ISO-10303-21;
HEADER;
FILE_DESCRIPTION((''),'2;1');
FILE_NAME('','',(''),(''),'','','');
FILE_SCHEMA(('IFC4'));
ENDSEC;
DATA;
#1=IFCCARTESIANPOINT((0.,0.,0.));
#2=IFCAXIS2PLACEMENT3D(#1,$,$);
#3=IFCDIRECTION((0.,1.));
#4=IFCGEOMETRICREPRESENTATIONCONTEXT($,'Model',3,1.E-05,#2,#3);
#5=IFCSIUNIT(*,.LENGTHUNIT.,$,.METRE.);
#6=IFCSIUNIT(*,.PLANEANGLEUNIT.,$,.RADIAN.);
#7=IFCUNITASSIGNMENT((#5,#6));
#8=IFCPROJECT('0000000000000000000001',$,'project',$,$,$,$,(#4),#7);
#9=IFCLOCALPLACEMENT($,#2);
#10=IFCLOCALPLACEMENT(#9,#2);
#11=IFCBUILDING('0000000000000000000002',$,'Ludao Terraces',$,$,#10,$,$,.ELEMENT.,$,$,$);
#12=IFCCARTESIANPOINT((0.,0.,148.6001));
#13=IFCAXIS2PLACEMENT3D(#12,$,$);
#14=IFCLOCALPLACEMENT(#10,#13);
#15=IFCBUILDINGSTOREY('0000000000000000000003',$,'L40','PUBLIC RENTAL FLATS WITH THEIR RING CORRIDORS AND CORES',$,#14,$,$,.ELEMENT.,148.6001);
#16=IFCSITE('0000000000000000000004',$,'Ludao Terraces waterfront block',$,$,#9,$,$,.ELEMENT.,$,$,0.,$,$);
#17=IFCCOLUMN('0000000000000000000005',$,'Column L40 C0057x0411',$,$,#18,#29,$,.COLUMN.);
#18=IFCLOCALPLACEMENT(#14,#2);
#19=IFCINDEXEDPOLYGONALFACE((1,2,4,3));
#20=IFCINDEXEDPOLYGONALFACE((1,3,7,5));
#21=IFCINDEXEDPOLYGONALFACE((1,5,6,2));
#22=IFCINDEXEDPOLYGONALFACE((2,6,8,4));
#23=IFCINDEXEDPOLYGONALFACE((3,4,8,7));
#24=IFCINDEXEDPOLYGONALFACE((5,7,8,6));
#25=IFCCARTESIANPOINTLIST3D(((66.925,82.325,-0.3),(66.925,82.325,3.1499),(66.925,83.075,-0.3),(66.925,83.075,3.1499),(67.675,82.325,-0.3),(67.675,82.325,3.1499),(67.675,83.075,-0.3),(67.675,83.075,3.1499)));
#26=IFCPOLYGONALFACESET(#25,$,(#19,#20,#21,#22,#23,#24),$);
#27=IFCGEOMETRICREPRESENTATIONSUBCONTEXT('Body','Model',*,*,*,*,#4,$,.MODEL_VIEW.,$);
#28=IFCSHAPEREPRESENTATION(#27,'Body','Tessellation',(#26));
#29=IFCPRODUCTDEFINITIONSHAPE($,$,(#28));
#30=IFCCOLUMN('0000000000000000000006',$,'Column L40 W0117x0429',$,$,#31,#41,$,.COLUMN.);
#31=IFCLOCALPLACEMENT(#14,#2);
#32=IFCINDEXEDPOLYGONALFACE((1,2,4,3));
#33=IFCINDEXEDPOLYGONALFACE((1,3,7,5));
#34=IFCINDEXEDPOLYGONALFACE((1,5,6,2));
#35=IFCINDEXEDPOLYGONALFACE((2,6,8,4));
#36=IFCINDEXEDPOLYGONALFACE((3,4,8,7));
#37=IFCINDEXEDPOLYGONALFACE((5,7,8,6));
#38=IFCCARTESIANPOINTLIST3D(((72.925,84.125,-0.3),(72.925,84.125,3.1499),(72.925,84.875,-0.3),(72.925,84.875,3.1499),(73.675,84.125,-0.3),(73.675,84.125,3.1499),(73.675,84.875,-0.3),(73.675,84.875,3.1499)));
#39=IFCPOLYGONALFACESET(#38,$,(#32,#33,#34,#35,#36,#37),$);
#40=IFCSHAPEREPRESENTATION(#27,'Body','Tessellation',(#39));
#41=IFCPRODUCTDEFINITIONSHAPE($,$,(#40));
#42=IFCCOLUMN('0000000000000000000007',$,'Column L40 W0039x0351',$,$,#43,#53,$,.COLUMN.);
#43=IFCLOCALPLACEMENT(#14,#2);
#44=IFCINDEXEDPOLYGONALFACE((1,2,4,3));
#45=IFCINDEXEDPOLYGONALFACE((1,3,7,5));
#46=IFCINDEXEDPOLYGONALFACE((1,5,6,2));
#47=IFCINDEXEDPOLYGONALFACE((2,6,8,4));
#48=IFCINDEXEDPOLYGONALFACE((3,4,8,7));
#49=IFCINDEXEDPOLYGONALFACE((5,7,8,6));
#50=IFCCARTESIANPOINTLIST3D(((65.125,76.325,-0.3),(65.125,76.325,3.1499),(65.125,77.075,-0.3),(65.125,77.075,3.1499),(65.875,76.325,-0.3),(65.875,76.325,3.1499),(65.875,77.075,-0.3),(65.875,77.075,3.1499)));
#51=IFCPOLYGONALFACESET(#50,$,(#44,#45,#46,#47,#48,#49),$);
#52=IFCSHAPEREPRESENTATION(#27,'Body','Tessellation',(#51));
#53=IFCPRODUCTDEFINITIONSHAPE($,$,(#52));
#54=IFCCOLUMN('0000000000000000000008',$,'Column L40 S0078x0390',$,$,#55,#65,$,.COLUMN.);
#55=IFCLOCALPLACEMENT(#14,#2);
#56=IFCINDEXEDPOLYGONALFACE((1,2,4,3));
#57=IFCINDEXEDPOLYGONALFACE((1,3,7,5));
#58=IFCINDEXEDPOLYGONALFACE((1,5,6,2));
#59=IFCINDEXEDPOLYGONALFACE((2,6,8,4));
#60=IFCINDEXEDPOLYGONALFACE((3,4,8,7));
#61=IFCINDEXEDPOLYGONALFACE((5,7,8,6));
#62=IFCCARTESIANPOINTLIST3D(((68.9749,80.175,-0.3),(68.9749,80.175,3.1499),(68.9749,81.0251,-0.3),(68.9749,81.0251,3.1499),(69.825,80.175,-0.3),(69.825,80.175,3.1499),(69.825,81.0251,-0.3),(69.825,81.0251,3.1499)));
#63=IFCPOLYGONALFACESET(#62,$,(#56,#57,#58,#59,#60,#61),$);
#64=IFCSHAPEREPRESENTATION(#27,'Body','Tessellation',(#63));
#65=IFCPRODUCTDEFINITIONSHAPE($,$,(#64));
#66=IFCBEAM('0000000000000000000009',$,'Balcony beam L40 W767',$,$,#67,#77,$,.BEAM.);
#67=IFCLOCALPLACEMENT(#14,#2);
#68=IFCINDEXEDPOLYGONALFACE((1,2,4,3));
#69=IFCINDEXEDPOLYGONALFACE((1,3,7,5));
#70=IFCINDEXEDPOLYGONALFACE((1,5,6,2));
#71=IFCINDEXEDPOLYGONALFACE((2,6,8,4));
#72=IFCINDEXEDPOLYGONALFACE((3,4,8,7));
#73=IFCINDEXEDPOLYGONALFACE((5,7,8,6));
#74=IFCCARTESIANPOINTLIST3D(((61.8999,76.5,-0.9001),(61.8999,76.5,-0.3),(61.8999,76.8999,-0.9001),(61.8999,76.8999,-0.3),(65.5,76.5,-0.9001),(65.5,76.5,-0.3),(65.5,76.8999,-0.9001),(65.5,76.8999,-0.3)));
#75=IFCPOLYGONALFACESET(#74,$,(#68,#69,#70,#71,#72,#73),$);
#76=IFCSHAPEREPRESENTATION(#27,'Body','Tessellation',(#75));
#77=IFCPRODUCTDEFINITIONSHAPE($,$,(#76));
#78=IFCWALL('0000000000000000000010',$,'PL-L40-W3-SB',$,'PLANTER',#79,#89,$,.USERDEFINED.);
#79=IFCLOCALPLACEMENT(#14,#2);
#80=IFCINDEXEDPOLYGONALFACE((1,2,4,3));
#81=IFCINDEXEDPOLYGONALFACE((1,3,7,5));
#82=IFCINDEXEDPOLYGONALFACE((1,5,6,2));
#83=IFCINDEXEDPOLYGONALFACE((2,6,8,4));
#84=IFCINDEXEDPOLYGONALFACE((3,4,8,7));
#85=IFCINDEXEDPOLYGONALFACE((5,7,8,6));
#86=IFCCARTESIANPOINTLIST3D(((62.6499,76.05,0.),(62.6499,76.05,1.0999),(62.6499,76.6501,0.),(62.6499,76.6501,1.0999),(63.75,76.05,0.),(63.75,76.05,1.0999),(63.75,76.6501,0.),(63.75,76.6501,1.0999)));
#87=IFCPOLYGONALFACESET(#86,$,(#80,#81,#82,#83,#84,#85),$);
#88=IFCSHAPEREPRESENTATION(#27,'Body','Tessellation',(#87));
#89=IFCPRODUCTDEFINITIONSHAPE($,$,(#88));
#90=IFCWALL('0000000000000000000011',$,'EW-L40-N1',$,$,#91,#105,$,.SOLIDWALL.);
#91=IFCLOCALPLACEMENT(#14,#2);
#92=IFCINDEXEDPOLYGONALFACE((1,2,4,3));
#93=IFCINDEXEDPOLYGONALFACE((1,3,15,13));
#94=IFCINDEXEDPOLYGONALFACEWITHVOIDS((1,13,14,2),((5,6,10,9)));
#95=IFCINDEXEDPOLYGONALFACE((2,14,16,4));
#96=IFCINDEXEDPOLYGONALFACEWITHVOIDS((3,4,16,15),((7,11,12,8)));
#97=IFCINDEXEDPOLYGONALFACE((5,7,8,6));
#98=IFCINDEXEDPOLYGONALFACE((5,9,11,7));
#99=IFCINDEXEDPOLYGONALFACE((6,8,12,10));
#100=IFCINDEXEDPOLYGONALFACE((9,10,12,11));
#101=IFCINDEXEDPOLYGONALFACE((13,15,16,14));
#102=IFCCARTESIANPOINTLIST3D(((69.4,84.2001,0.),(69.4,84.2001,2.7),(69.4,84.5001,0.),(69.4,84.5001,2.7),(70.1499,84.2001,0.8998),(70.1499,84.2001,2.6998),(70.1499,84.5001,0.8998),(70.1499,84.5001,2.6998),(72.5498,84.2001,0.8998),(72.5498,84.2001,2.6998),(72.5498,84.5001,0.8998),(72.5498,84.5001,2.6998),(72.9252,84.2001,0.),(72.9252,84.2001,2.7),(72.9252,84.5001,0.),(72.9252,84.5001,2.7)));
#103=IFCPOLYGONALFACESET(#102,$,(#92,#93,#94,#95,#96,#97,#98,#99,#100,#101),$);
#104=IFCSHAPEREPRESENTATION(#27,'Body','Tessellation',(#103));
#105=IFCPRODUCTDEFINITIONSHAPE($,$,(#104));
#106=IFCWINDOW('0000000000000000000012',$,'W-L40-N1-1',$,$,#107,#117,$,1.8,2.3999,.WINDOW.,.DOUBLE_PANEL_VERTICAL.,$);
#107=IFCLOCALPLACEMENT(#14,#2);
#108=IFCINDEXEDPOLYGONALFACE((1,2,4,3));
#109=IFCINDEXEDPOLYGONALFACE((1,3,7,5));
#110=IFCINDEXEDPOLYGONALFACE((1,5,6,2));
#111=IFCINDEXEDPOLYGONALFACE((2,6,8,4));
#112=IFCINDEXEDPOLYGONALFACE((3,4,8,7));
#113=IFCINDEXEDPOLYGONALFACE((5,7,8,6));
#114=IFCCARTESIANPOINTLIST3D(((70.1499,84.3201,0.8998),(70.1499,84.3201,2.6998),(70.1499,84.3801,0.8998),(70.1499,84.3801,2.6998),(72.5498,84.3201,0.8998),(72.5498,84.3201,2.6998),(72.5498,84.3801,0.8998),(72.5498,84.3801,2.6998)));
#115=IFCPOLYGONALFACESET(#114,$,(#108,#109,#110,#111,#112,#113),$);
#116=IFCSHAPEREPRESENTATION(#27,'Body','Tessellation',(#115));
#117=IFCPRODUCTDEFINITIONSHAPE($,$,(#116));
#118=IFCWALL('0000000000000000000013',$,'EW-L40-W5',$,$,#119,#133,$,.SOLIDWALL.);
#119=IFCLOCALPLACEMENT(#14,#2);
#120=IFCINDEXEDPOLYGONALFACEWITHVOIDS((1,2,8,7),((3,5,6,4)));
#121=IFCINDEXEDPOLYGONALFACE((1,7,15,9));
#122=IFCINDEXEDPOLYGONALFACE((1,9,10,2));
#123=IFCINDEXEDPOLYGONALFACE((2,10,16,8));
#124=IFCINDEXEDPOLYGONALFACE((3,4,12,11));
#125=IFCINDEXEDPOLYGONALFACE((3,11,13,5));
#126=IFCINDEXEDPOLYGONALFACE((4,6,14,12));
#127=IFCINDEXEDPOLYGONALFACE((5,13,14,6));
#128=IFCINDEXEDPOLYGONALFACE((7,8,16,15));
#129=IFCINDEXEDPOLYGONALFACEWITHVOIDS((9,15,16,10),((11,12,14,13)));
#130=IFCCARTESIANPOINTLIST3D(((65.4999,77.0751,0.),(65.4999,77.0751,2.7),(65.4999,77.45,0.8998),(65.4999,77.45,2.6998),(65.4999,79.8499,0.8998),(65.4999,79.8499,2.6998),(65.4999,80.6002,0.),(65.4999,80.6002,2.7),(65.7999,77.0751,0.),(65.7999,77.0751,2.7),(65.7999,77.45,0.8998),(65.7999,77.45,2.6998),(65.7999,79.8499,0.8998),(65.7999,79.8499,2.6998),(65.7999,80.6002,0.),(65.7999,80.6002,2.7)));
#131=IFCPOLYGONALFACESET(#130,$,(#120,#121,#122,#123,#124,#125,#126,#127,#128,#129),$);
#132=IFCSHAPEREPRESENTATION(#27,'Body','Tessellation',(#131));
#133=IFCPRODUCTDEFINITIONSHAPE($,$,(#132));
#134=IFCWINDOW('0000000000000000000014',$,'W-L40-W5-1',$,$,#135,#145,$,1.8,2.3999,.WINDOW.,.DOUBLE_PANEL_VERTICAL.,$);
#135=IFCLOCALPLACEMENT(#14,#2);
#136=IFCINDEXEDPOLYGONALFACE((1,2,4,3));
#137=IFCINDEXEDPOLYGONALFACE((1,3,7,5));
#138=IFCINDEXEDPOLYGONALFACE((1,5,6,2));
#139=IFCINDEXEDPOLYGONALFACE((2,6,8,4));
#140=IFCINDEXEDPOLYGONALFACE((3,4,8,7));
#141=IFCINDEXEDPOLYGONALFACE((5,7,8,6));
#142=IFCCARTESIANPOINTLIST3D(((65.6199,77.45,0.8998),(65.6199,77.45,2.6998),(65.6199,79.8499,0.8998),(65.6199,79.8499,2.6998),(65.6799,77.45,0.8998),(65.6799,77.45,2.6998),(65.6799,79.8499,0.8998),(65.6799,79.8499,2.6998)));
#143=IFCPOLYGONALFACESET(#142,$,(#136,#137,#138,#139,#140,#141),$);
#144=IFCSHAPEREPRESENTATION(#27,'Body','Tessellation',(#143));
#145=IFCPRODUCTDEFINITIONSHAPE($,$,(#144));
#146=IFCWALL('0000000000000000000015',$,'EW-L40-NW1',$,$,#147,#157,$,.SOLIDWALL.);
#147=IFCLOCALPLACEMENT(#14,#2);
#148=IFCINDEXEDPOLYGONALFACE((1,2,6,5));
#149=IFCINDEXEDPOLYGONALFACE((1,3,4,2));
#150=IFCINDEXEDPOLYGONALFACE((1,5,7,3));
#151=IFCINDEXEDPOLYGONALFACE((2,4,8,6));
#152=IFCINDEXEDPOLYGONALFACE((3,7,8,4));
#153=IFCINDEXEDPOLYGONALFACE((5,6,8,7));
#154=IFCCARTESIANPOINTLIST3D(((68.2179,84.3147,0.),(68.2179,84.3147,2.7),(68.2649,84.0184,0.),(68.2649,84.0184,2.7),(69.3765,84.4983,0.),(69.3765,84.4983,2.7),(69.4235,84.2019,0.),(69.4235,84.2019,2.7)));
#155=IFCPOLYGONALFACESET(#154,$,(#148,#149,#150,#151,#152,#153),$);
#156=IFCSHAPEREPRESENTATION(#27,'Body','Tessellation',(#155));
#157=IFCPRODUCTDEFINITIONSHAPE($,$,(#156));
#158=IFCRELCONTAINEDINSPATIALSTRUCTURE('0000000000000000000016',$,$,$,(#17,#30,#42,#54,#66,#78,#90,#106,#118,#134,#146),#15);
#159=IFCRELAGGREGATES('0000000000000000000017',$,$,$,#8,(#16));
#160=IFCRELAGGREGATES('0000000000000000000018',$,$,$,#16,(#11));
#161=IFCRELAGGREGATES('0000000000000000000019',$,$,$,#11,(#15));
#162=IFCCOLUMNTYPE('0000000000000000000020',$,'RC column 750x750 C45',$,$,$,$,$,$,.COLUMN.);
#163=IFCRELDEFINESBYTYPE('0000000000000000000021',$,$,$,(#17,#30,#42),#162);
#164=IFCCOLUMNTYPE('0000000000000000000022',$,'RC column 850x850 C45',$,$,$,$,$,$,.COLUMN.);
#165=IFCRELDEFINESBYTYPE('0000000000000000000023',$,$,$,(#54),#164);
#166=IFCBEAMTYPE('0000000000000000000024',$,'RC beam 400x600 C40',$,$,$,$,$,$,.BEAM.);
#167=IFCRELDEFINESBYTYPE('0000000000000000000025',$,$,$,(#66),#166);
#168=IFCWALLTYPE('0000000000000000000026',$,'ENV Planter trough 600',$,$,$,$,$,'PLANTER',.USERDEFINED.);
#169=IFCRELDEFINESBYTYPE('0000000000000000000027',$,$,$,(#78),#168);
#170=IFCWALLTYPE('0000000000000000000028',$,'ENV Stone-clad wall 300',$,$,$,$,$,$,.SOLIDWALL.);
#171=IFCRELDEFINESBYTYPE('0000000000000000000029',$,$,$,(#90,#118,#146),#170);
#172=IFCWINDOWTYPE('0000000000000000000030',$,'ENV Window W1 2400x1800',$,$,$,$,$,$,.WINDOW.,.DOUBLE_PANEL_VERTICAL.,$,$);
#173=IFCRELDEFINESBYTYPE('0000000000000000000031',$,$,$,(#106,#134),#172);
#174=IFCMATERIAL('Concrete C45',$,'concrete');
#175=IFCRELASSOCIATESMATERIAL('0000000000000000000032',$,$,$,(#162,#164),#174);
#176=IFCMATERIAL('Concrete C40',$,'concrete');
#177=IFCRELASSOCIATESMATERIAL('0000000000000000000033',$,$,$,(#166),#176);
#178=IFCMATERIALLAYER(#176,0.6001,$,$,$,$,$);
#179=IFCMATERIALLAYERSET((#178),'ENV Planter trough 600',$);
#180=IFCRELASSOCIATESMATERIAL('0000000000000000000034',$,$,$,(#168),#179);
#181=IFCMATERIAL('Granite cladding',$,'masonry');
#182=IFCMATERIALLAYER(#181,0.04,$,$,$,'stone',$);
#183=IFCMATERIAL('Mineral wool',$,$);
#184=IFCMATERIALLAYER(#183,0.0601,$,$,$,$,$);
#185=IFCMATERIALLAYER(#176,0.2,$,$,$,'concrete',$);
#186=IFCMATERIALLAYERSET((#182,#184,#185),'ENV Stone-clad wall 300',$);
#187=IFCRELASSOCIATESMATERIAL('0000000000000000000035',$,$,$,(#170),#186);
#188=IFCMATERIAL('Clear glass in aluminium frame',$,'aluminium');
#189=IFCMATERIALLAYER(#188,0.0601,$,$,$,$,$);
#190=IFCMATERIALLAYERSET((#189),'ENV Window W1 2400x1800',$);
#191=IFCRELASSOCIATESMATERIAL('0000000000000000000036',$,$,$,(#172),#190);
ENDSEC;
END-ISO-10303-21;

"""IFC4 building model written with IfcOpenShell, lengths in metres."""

from ifc_helpers import new_model, si_unit, direction, frame, frame_2d, origin, origin_2d, place, context, subcontext, project, spatial, rectangle, extrude, material, layer, layer_set, material_profile, profile_set, type_object, element, fill, save


model = new_model("IFC4")

# Units and contexts
model_context = context("Model", 3, precision=1e-05, world=origin(), true_north=direction((0.0, 1.0)))
body_context = subcontext(model_context, "Body", "Model", "MODEL_VIEW")
ifc_project = project(units=[si_unit("LENGTHUNIT", "METRE"), si_unit("PLANEANGLEUNIT", "RADIAN")], contexts=[model_context])

# Site, building, storey
site_placement = place(None, origin())
site = spatial("IfcSite", under=ifc_project, at=site_placement, Name="Ludao Terraces waterfront block", CompositionType="ELEMENT", RefElevation=0.0)
building_placement = place(site_placement, origin())
building = spatial("IfcBuilding", under=site, at=building_placement, Name="Ludao Terraces", CompositionType="ELEMENT")
storey_placement = place(building_placement, frame((0.0, 0.0, 148.6001)))
storey = spatial("IfcBuildingStorey", under=building, at=storey_placement, Name="L40", Description="PUBLIC RENTAL FLATS WITH THEIR RING CORRIDORS AND CORES", CompositionType="ELEMENT", Elevation=148.6001)

# Columns
ifc_material_1 = material(Name="Concrete C45", Category="concrete")
ifc_material_profile_1 = material_profile(ifc_material_1, rectangle(XDim=0.75, YDim=0.75, at=origin_2d()), Name="750 X 750")
ifc_profile_set_1 = profile_set([ifc_material_profile_1], Name="Concrete C45")
column_type_1 = type_object("IfcColumnType", Name="RC column 750x750 C45", PredefinedType="COLUMN", material=ifc_profile_set_1)
for number, where, z_axis, x_axis, name in (
    (1, (67.3, 82.7, -0.3), (0.0, 0.0, 1.0), (1.0, 0.0, 0.0), "Column L40 C0057x0411"),
    (2, (73.3, 84.5, -0.3), (0.0, 0.0, 1.0), (1.0, 0.0, 0.0), "Column L40 W0117x0429"),
    (3, (65.5, 76.7, -0.3), (0.0, 0.0, 1.0), (1.0, 0.0, 0.0), "Column L40 W0039x0351"),
):
    element("IfcColumn", number, at=place(storey_placement, frame(where, z_axis=z_axis, x_axis=x_axis)), inside=storey, type_object=column_type_1, Name=name, PredefinedType="COLUMN", context=body_context, shape_type="SweptSolid", body=[
        extrude(rectangle(XDim=0.75, YDim=0.75, at=origin_2d()), origin(), (0.0, 0.0, 1.0), 3.45),
    ])
ifc_material_profile_2 = material_profile(ifc_material_1, rectangle(XDim=0.8501, YDim=0.8501, at=origin_2d()), Name="850 X 850")
ifc_profile_set_2 = profile_set([ifc_material_profile_2], Name="Concrete C45")
column_type_2 = type_object("IfcColumnType", Name="RC column 850x850 C45", PredefinedType="COLUMN", material=ifc_profile_set_2)
column_placement = place(storey_placement, frame((69.3999, 80.6001, -0.3), z_axis=(0.0, 0.0, 1.0), x_axis=(1.0, 0.0, 0.0)))
element("IfcColumn", 4, at=column_placement, inside=storey, type_object=column_type_2, Name="Column L40 S0078x0390", PredefinedType="COLUMN", context=body_context, shape_type="SweptSolid", body=[
    extrude(rectangle(XDim=0.8501, YDim=0.8501, at=origin_2d()), origin(), (0.0, 0.0, 1.0), 3.45),
])

# Beam
ifc_material_2 = material(Name="Concrete C40", Category="concrete")
ifc_material_profile_3 = material_profile(ifc_material_2, rectangle(XDim=0.3999, YDim=0.6001, at=origin_2d()), Name="400 X 600")
ifc_profile_set_3 = profile_set([ifc_material_profile_3], Name="Concrete C40")
beam_type = type_object("IfcBeamType", Name="RC beam 400x600 C40", PredefinedType="BEAM", material=ifc_profile_set_3)
beam_placement = place(storey_placement, frame((65.5, 76.7, -0.6001), z_axis=(-1.0, 0.0, 0.0), x_axis=(0.0, -1.0, 0.0)))
element("IfcBeam", 5, at=beam_placement, inside=storey, type_object=beam_type, Name="Balcony beam L40 W767", PredefinedType="BEAM", context=body_context, shape_type="SweptSolid", body=[
    extrude(rectangle(XDim=0.3999, YDim=0.6001, at=origin_2d()), origin(), (0.0, 0.0, 1.0), 3.6001),
])

# Wall
ifc_layer_1 = layer(ifc_material_2, 0.6001)
ifc_layer_set_1 = layer_set([ifc_layer_1], Name="ENV Planter trough 600")
wall_type_1 = type_object("IfcWallType", Name="ENV Planter trough 600", ElementType="PLANTER", PredefinedType="USERDEFINED", material=ifc_layer_set_1)
wall_1_placement = place(storey_placement, frame((62.6499, 76.3501, 0.0), z_axis=(0.0, 0.0, 1.0), x_axis=(1.0, 0.0, 0.0)))
element("IfcWall", 6, at=wall_1_placement, inside=storey, type_object=wall_type_1, Name="PL-L40-W3-SB", ObjectType="PLANTER", PredefinedType="USERDEFINED", context=body_context, shape_type="SweptSolid", body=[
    extrude(rectangle(XDim=1.1001, YDim=0.6001, at=frame_2d((0.55, 0.0))), origin(), (0.0, 0.0, 1.0), 1.0999),
])

# Walls, openings, windows
ifc_material_3 = material(Name="Granite cladding", Category="masonry")
ifc_layer_2 = layer(ifc_material_3, 0.04, Category="stone")
ifc_material_4 = material(Name="Mineral wool")
ifc_layer_3 = layer(ifc_material_4, 0.0601)
ifc_layer_4 = layer(ifc_material_2, 0.2, Category="concrete")
ifc_layer_set_2 = layer_set([ifc_layer_2, ifc_layer_3, ifc_layer_4], Name="ENV Stone-clad wall 300")
wall_type_2 = type_object("IfcWallType", Name="ENV Stone-clad wall 300", PredefinedType="SOLIDWALL", material=ifc_layer_set_2)
wall_2_placement = place(storey_placement, frame((69.3999, 84.3501, 0.0), z_axis=(0.0, 0.0, 1.0), x_axis=(1.0, 0.0, 0.0)))
wall_2 = element("IfcWall", 7, at=wall_2_placement, inside=storey, type_object=wall_type_2, Name="EW-L40-N1", PredefinedType="SOLIDWALL", context=body_context, shape_type="SweptSolid", body=[
    extrude(rectangle(XDim=3.5251, YDim=0.3, at=frame_2d((1.7627, 0.0))), origin(), (0.0, 0.0, 1.0), 2.7),
])
opening_1_placement = place(wall_2_placement, frame((0.75, 0.0, 0.8999)))
opening_1 = element("IfcOpeningElement", 8, at=opening_1_placement, cuts=wall_2, PredefinedType="OPENING", context=body_context, shape_type="SweptSolid", body=[
    extrude(rectangle(XDim=2.3999, YDim=1.8, at=frame_2d((1.2, 0.8999))), frame((0.0, 0.1602, 0.0), z_axis=(0.0, -1.0, 0.0), x_axis=(1.0, 0.0, 0.0)), (0.0, 0.0, 1.0), 0.3201),
])
ifc_material_5 = material(Name="Clear glass in aluminium frame", Category="aluminium")
ifc_layer_5 = layer(ifc_material_5, 0.0601)
ifc_layer_set_3 = layer_set([ifc_layer_5], Name="ENV Window W1 2400x1800")
window_type_1 = type_object("IfcWindowType", Name="ENV Window W1 2400x1800", PartitioningType="DOUBLE_PANEL_VERTICAL", PredefinedType="WINDOW", material=ifc_layer_set_3)
window_1_placement = place(opening_1_placement, origin())
window_1 = element("IfcWindow", 9, at=window_1_placement, inside=storey, type_object=window_type_1, Name="W-L40-N1-1", OverallHeight=1.8, OverallWidth=2.3999, PartitioningType="DOUBLE_PANEL_VERTICAL", PredefinedType="WINDOW", context=body_context, shape_type="SweptSolid", body=[
    extrude(rectangle(XDim=2.3999, YDim=1.8, at=frame_2d((1.2, 0.8999))), frame((0.0, 0.03, 0.0), z_axis=(0.0, -1.0, 0.0), x_axis=(1.0, 0.0, 0.0)), (0.0, 0.0, 1.0), 0.0601),
])
fill(opening_1, window_1)
wall_3_placement = place(storey_placement, frame((65.6499, 77.075, 0.0), z_axis=(0.0, 0.0, 1.0), x_axis=(0.0, 1.0, 0.0)))
wall_3 = element("IfcWall", 10, at=wall_3_placement, inside=storey, type_object=wall_type_2, Name="EW-L40-W5", PredefinedType="SOLIDWALL", context=body_context, shape_type="SweptSolid", body=[
    extrude(rectangle(XDim=3.5251, YDim=0.3, at=frame_2d((1.7627, 0.0))), origin(), (0.0, 0.0, 1.0), 2.7),
])
opening_2_placement = place(wall_3_placement, frame((0.375, 0.0, 0.8999)))
opening_2 = element("IfcOpeningElement", 11, at=opening_2_placement, cuts=wall_3, PredefinedType="OPENING", context=body_context, shape_type="SweptSolid", body=[
    extrude(rectangle(XDim=2.3999, YDim=1.8, at=frame_2d((1.2, 0.8999))), frame((0.0, 0.1602, 0.0), z_axis=(0.0, -1.0, 0.0), x_axis=(1.0, 0.0, 0.0)), (0.0, 0.0, 1.0), 0.3201),
])
window_2_placement = place(opening_2_placement, origin())
window_2 = element("IfcWindow", 12, at=window_2_placement, inside=storey, type_object=window_type_1, Name="W-L40-W5-1", OverallHeight=1.8, OverallWidth=2.3999, PartitioningType="DOUBLE_PANEL_VERTICAL", PredefinedType="WINDOW", context=body_context, shape_type="SweptSolid", body=[
    extrude(rectangle(XDim=2.3999, YDim=1.8, at=frame_2d((1.2, 0.8999))), frame((0.0, 0.03, 0.0), z_axis=(0.0, -1.0, 0.0), x_axis=(1.0, 0.0, 0.0)), (0.0, 0.0, 1.0), 0.0601),
])
fill(opening_2, window_2)

# Wall
wall_4_placement = place(storey_placement, frame((69.3999, 84.3501, 0.0), z_axis=(0.0, 0.0, 1.0), x_axis=(-0.987678, -0.156497, 0.0)))
element("IfcWall", 13, at=wall_4_placement, inside=storey, type_object=wall_type_2, Name="EW-L40-NW1", PredefinedType="SOLIDWALL", context=body_context, shape_type="SweptSolid", body=[
    extrude(rectangle(XDim=1.1731, YDim=0.3, at=frame_2d((0.5864, 0.0))), origin(), (0.0, 0.0, 1.0), 2.7),
])

save(model, "model.ifc")
